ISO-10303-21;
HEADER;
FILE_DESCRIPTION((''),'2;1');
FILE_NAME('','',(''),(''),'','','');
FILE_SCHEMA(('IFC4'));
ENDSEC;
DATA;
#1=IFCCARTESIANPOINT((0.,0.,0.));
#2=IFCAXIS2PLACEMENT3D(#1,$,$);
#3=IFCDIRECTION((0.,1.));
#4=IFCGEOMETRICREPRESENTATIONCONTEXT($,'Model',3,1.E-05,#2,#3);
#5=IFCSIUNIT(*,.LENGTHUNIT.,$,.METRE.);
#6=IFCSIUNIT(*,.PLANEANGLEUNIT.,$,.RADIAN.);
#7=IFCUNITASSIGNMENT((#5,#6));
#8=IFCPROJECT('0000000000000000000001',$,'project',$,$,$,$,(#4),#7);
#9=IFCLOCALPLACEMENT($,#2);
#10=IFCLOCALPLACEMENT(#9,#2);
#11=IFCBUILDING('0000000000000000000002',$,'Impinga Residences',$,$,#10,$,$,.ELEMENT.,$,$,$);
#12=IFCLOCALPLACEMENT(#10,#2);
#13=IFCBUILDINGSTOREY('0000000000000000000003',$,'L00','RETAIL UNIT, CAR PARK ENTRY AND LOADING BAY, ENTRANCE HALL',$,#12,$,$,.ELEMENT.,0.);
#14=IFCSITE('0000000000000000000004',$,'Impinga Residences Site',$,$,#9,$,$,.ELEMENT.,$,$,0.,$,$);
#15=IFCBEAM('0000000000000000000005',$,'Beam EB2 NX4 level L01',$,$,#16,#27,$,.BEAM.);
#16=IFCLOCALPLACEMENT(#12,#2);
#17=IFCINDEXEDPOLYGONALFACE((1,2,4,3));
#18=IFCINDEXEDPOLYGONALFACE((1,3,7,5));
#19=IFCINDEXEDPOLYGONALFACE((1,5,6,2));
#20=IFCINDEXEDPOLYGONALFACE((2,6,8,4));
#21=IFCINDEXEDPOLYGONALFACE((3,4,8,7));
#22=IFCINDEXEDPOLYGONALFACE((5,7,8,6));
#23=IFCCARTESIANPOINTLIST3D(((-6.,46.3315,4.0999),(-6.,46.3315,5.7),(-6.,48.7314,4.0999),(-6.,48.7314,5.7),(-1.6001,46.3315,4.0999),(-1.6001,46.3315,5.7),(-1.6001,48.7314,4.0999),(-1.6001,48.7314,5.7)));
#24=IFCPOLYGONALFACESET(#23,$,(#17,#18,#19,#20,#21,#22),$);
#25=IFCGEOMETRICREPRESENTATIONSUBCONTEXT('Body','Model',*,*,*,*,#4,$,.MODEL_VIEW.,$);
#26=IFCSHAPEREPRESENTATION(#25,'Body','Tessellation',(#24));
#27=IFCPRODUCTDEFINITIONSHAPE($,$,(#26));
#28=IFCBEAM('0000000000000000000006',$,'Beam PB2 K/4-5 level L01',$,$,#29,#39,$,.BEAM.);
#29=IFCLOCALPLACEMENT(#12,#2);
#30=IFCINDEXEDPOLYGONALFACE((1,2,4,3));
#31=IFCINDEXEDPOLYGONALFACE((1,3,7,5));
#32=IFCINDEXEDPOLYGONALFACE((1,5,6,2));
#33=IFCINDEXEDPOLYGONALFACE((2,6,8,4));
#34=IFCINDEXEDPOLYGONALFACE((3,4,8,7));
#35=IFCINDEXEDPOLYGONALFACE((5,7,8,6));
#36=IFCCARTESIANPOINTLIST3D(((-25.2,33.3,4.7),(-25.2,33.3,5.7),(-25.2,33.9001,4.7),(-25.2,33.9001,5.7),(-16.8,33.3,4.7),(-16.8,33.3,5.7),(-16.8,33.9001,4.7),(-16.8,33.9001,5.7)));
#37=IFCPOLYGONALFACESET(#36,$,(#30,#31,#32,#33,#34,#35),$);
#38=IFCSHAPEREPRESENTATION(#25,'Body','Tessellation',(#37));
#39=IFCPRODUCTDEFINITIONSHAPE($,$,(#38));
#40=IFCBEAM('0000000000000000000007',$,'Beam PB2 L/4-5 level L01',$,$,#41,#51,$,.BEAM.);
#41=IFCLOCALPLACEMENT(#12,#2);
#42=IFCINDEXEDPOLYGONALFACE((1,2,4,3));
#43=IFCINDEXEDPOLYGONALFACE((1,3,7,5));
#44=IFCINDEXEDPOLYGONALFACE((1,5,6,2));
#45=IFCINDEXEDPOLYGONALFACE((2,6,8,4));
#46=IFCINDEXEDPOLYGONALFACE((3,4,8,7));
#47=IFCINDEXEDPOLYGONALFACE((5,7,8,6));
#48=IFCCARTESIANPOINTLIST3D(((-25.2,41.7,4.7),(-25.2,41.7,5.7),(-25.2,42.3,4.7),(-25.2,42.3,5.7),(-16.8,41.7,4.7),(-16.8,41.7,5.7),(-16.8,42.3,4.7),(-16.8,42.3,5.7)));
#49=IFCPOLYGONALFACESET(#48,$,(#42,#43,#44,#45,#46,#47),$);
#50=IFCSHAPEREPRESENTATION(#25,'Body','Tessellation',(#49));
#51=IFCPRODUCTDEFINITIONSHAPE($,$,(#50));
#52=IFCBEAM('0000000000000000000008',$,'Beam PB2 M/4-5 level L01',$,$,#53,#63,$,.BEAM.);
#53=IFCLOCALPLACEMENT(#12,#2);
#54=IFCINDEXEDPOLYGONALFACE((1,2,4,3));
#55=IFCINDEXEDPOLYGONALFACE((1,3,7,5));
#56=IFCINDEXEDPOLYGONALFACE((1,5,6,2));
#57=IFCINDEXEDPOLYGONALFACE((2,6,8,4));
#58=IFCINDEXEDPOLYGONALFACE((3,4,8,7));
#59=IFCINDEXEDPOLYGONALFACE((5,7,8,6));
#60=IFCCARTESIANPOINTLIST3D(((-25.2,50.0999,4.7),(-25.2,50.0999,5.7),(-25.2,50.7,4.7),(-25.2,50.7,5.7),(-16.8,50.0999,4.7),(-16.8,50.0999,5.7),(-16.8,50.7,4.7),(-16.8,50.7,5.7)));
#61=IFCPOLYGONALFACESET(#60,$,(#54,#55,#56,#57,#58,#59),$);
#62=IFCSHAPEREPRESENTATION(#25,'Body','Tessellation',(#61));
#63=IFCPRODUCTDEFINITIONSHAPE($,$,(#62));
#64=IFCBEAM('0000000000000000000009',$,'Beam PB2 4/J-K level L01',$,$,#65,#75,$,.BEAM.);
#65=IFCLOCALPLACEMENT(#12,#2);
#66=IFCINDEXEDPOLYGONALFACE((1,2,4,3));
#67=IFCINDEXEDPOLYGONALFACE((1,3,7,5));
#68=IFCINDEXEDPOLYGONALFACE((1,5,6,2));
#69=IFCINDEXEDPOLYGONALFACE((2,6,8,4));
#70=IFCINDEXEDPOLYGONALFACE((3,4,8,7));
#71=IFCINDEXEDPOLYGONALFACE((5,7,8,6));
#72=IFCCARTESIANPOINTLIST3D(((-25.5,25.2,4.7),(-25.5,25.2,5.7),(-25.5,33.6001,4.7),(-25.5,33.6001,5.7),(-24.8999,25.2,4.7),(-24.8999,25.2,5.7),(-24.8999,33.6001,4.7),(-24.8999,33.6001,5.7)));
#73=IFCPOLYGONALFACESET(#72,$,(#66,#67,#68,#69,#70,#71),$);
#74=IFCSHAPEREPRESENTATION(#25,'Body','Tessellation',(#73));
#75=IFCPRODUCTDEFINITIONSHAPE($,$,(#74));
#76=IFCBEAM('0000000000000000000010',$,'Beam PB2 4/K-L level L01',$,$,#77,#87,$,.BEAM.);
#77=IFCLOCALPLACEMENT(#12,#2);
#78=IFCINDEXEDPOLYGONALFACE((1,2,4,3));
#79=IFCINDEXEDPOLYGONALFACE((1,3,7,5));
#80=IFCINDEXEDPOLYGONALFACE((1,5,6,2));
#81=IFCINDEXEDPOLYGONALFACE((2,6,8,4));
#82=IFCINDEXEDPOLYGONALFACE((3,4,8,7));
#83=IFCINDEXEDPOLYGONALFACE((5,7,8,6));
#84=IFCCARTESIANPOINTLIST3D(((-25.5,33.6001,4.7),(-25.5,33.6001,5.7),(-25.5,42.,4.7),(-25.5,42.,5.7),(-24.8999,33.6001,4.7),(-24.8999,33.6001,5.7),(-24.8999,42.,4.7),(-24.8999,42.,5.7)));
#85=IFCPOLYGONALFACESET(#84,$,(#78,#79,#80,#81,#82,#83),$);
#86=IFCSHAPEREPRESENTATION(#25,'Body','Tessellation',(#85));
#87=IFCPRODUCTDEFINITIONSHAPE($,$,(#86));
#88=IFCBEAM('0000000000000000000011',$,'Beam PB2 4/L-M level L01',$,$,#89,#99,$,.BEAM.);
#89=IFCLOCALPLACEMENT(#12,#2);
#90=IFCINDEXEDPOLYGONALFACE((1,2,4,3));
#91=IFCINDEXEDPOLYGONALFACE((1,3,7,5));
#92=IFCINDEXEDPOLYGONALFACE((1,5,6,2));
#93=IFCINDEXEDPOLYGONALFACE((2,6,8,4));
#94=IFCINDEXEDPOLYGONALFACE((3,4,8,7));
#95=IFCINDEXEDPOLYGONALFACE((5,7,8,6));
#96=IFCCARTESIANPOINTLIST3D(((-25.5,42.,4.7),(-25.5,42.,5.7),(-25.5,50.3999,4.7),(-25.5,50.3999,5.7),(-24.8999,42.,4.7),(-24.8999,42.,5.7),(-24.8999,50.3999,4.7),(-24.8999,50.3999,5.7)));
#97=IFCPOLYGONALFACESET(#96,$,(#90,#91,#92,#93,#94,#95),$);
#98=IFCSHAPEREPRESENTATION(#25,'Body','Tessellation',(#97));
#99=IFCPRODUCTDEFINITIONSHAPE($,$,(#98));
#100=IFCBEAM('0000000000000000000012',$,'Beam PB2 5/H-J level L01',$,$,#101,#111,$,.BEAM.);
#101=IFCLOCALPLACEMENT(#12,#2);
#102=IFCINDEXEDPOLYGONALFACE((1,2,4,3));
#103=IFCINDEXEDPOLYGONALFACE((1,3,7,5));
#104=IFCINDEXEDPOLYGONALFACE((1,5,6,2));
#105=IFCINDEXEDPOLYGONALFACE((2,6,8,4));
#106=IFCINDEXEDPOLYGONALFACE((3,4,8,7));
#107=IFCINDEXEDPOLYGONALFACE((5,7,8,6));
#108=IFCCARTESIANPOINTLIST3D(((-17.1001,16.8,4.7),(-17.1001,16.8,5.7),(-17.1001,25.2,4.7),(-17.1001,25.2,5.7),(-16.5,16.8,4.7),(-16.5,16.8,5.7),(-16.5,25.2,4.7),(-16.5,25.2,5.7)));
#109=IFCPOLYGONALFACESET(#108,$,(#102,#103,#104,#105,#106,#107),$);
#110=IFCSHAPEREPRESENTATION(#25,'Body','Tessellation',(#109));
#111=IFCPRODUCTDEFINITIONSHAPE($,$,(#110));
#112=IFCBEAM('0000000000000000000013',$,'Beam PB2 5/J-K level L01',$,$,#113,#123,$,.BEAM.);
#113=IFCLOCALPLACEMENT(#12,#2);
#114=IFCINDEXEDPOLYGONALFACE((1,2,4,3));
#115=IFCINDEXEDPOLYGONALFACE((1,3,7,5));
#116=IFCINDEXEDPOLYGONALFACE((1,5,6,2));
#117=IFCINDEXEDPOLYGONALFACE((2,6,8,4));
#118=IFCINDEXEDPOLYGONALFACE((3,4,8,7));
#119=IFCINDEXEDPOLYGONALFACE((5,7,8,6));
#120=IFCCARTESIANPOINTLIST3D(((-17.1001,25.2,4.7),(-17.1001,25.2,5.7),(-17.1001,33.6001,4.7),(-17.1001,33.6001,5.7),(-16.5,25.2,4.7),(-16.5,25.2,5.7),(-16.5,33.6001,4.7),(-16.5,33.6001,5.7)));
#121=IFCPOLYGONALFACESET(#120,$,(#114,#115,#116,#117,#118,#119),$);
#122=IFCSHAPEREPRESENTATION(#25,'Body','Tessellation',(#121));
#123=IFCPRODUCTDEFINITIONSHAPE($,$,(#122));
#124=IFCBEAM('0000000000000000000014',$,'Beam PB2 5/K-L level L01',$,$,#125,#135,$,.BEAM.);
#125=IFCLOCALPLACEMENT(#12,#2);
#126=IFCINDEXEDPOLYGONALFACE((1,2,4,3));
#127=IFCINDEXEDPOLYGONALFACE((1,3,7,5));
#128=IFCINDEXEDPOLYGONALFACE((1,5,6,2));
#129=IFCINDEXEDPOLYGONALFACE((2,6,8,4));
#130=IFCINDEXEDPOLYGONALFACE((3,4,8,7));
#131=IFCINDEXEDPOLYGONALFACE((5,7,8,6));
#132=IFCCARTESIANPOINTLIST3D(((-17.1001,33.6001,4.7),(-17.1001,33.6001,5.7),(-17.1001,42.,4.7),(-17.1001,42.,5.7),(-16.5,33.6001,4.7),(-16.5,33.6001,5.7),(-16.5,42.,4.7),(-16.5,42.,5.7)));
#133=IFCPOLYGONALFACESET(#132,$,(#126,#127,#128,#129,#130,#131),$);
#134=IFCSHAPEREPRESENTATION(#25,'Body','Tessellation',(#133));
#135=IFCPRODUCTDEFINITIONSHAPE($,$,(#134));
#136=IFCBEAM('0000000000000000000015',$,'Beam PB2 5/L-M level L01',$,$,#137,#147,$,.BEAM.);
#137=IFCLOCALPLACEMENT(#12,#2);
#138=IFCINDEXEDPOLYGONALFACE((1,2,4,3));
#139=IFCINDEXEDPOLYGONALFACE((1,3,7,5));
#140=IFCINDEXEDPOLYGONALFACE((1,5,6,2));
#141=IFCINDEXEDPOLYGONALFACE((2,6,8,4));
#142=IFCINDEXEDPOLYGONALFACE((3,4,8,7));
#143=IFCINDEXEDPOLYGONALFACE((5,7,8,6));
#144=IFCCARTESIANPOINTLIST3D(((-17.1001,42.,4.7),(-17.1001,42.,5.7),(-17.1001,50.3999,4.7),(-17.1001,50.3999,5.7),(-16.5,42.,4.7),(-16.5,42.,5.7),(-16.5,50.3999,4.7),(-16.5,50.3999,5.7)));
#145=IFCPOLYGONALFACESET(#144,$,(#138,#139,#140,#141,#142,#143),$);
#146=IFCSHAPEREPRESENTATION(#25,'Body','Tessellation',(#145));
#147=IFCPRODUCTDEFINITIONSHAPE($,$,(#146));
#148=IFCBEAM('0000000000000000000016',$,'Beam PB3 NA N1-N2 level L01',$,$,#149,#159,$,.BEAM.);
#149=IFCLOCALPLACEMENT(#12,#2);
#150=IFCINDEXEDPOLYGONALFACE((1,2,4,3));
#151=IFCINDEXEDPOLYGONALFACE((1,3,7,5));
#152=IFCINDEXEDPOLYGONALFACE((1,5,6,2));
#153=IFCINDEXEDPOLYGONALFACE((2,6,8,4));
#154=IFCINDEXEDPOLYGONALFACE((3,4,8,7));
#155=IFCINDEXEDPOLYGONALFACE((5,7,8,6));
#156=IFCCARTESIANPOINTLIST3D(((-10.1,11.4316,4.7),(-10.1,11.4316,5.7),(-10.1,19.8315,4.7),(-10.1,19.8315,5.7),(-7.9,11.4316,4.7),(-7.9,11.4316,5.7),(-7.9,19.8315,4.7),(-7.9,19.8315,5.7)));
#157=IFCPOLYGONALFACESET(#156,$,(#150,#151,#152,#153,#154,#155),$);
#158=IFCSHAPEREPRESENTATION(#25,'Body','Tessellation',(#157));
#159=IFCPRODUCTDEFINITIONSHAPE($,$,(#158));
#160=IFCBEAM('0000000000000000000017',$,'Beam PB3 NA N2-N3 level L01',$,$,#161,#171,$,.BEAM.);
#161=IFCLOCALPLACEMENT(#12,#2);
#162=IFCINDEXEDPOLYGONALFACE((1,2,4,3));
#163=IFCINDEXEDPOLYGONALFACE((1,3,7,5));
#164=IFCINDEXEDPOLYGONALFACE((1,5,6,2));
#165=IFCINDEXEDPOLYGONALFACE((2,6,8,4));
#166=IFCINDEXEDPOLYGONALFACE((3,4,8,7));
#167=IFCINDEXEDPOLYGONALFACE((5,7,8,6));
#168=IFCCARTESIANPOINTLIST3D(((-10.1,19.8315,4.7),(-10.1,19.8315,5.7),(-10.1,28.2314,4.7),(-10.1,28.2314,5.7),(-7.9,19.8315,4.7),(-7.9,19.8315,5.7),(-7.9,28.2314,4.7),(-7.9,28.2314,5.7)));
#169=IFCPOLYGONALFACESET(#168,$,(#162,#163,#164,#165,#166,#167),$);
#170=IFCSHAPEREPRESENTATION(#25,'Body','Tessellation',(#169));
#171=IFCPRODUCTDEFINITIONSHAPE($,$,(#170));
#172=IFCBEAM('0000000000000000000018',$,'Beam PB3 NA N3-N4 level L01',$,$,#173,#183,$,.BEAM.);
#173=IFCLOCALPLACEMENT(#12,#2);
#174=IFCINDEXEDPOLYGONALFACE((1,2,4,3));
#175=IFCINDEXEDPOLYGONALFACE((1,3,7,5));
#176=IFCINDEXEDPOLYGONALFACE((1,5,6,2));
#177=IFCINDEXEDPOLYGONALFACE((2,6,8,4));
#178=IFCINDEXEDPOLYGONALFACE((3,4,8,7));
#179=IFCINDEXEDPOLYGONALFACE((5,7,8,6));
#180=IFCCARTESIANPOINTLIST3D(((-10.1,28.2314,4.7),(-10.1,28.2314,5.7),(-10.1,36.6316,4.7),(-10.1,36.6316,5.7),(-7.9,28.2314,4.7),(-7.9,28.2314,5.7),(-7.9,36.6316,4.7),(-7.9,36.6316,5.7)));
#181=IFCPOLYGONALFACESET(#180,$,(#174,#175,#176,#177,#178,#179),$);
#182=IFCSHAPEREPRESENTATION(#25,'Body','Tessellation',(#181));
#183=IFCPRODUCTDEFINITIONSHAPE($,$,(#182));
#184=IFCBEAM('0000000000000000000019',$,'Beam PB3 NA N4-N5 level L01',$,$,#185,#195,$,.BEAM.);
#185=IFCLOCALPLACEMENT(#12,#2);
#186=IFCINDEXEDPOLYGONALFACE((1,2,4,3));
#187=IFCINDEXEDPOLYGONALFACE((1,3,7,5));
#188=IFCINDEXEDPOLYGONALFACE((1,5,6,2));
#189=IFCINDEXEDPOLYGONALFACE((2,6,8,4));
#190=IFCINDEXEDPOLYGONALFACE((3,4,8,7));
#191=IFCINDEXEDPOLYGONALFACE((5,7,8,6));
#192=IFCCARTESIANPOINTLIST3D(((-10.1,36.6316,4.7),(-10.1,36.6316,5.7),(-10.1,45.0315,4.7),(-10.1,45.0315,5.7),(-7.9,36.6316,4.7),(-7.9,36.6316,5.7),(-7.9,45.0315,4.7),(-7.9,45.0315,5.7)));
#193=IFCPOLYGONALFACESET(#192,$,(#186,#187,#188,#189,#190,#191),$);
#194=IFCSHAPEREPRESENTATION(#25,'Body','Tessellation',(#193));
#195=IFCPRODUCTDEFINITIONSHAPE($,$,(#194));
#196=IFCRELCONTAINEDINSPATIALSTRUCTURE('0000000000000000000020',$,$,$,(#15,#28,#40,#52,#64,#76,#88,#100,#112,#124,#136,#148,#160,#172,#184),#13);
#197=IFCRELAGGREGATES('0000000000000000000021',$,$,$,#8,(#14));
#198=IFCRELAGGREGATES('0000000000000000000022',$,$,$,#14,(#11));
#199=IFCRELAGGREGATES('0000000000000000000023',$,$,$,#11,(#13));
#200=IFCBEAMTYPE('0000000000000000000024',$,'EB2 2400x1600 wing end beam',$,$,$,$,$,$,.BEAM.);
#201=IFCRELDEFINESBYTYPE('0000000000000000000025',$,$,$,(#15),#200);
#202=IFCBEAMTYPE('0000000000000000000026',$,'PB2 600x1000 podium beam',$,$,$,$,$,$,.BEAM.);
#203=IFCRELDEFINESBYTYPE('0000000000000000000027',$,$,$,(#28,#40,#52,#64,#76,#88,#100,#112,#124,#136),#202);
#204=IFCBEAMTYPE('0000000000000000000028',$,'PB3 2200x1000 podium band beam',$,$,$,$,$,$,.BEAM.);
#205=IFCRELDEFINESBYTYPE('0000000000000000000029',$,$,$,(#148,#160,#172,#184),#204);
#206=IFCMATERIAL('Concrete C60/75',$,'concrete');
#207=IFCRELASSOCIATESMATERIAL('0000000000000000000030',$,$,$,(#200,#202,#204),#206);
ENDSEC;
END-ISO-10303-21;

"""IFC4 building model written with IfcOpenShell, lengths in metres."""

from ifc_helpers import new_model, si_unit, direction, frame, origin, origin_2d, place, context, subcontext, project, spatial, rectangle, extrude, material, material_profile, profile_set, type_object, element, save


model = new_model("IFC4")

# Units and contexts
model_context = context("Model", 3, precision=1e-05, world=origin(), true_north=direction((0.0, 1.0)))
body_context = subcontext(model_context, "Body", "Model", "MODEL_VIEW")
ifc_project = project(units=[si_unit("LENGTHUNIT", "METRE"), si_unit("PLANEANGLEUNIT", "RADIAN")], contexts=[model_context])

# Site, building, storey
site_placement = place(None, origin())
site = spatial("IfcSite", under=ifc_project, at=site_placement, Name="Impinga Residences Site", CompositionType="ELEMENT", RefElevation=0.0)
building_placement = place(site_placement, origin())
building = spatial("IfcBuilding", under=site, at=building_placement, Name="Impinga Residences", CompositionType="ELEMENT")
storey_placement = place(building_placement, origin())
storey = spatial("IfcBuildingStorey", under=building, at=storey_placement, Name="L00", Description="RETAIL UNIT, CAR PARK ENTRY AND LOADING BAY, ENTRANCE HALL", CompositionType="ELEMENT", Elevation=0.0)

# Beams
ifc_material_1 = material(Name="Concrete C60/75", Category="concrete")
ifc_material_profile_1 = material_profile(ifc_material_1, rectangle(XDim=2.3999, YDim=1.6001, at=origin_2d()), Name="RC 2400x1600")
ifc_profile_set_1 = profile_set([ifc_material_profile_1], Name="Concrete C60/75")
beam_type_1 = type_object("IfcBeamType", Name="EB2 2400x1600 wing end beam", PredefinedType="BEAM", material=ifc_profile_set_1)
beam_1_placement = place(storey_placement, frame((-6.0, 47.5315, 4.8999), z_axis=(1.0, 0.0, 0.0), x_axis=(0.0, 1.0, 0.0)))
element("IfcBeam", 1, at=beam_1_placement, inside=storey, type_object=beam_type_1, Name="Beam EB2 NX4 level L01", PredefinedType="BEAM", context=body_context, shape_type="SweptSolid", body=[
    extrude(rectangle(XDim=2.3999, YDim=1.6001, at=origin_2d()), origin(), (0.0, 0.0, 1.0), 4.3999),
])
ifc_material_profile_2 = material_profile(ifc_material_1, rectangle(XDim=0.6001, YDim=1.0, at=origin_2d()), Name="RC 600x1000")
ifc_profile_set_2 = profile_set([ifc_material_profile_2], Name="Concrete C60/75")
beam_type_2 = type_object("IfcBeamType", Name="PB2 600x1000 podium beam", PredefinedType="BEAM", material=ifc_profile_set_2)
for number, where, z_axis, x_axis, name in (
    (2, (-25.2, 33.6001, 5.2), (1.0, 0.0, 0.0), (0.0, 1.0, 0.0), "Beam PB2 K/4-5 level L01"),
    (3, (-25.2, 42.0, 5.2), (1.0, 0.0, 0.0), (0.0, 1.0, 0.0), "Beam PB2 L/4-5 level L01"),
    (4, (-25.2, 50.3999, 5.2), (1.0, 0.0, 0.0), (0.0, 1.0, 0.0), "Beam PB2 M/4-5 level L01"),
):
    element("IfcBeam", number, at=place(storey_placement, frame(where, z_axis=z_axis, x_axis=x_axis)), inside=storey, type_object=beam_type_2, Name=name, PredefinedType="BEAM", context=body_context, shape_type="SweptSolid", body=[
        extrude(rectangle(XDim=0.6001, YDim=1.0, at=origin_2d()), origin(), (0.0, 0.0, 1.0), 8.3999),
    ])
beam_2_placement = place(storey_placement, frame((-25.2, 25.2, 5.2), z_axis=(0.0, 1.0, 0.0), x_axis=(-1.0, 0.0, 0.0)))
element("IfcBeam", 5, at=beam_2_placement, inside=storey, type_object=beam_type_2, Name="Beam PB2 4/J-K level L01", PredefinedType="BEAM", context=body_context, shape_type="SweptSolid", body=[
    extrude(rectangle(XDim=0.6001, YDim=1.0, at=origin_2d()), origin(), (0.0, 0.0, 1.0), 8.4001),
])
for number, where, z_axis, x_axis, name in (
    (6, (-25.2, 33.6001, 5.2), (0.0, 1.0, 0.0), (-1.0, 0.0, 0.0), "Beam PB2 4/K-L level L01"),
    (7, (-25.2, 42.0, 5.2), (0.0, 1.0, 0.0), (-1.0, 0.0, 0.0), "Beam PB2 4/L-M level L01"),
    (8, (-16.8, 16.8, 5.2), (0.0, 1.0, 0.0), (-1.0, 0.0, 0.0), "Beam PB2 5/H-J level L01"),
):
    element("IfcBeam", number, at=place(storey_placement, frame(where, z_axis=z_axis, x_axis=x_axis)), inside=storey, type_object=beam_type_2, Name=name, PredefinedType="BEAM", context=body_context, shape_type="SweptSolid", body=[
        extrude(rectangle(XDim=0.6001, YDim=1.0, at=origin_2d()), origin(), (0.0, 0.0, 1.0), 8.3999),
    ])
beam_3_placement = place(storey_placement, frame((-16.8, 25.2, 5.2), z_axis=(0.0, 1.0, 0.0), x_axis=(-1.0, 0.0, 0.0)))
element("IfcBeam", 9, at=beam_3_placement, inside=storey, type_object=beam_type_2, Name="Beam PB2 5/J-K level L01", PredefinedType="BEAM", context=body_context, shape_type="SweptSolid", body=[
    extrude(rectangle(XDim=0.6001, YDim=1.0, at=origin_2d()), origin(), (0.0, 0.0, 1.0), 8.4001),
])
for number, where, z_axis, x_axis, name in (
    (10, (-16.8, 33.6001, 5.2), (0.0, 1.0, 0.0), (-1.0, 0.0, 0.0), "Beam PB2 5/K-L level L01"),
    (11, (-16.8, 42.0, 5.2), (0.0, 1.0, 0.0), (-1.0, 0.0, 0.0), "Beam PB2 5/L-M level L01"),
):
    element("IfcBeam", number, at=place(storey_placement, frame(where, z_axis=z_axis, x_axis=x_axis)), inside=storey, type_object=beam_type_2, Name=name, PredefinedType="BEAM", context=body_context, shape_type="SweptSolid", body=[
        extrude(rectangle(XDim=0.6001, YDim=1.0, at=origin_2d()), origin(), (0.0, 0.0, 1.0), 8.3999),
    ])
ifc_material_profile_3 = material_profile(ifc_material_1, rectangle(XDim=2.2, YDim=1.0, at=origin_2d()), Name="RC 2200x1000")
ifc_profile_set_3 = profile_set([ifc_material_profile_3], Name="Concrete C60/75")
beam_type_3 = type_object("IfcBeamType", Name="PB3 2200x1000 podium band beam", PredefinedType="BEAM", material=ifc_profile_set_3)
for number, where, z_axis, x_axis, name in (
    (12, (-9.0, 11.4316, 5.2), (0.0, 1.0, 0.0), (-1.0, 0.0, 0.0), "Beam PB3 NA N1-N2 level L01"),
    (13, (-9.0, 19.8315, 5.2), (0.0, 1.0, 0.0), (-1.0, 0.0, 0.0), "Beam PB3 NA N2-N3 level L01"),
):
    element("IfcBeam", number, at=place(storey_placement, frame(where, z_axis=z_axis, x_axis=x_axis)), inside=storey, type_object=beam_type_3, Name=name, PredefinedType="BEAM", context=body_context, shape_type="SweptSolid", body=[
        extrude(rectangle(XDim=2.2, YDim=1.0, at=origin_2d()), origin(), (0.0, 0.0, 1.0), 8.3999),
    ])
beam_4_placement = place(storey_placement, frame((-9.0, 28.2314, 5.2), z_axis=(0.0, 1.0, 0.0), x_axis=(-1.0, 0.0, 0.0)))
element("IfcBeam", 14, at=beam_4_placement, inside=storey, type_object=beam_type_3, Name="Beam PB3 NA N3-N4 level L01", PredefinedType="BEAM", context=body_context, shape_type="SweptSolid", body=[
    extrude(rectangle(XDim=2.2, YDim=1.0, at=origin_2d()), origin(), (0.0, 0.0, 1.0), 8.4001),
])
beam_5_placement = place(storey_placement, frame((-9.0, 36.6316, 5.2), z_axis=(0.0, 1.0, 0.0), x_axis=(-1.0, 0.0, 0.0)))
element("IfcBeam", 15, at=beam_5_placement, inside=storey, type_object=beam_type_3, Name="Beam PB3 NA N4-N5 level L01", PredefinedType="BEAM", context=body_context, shape_type="SweptSolid", body=[
    extrude(rectangle(XDim=2.2, YDim=1.0, at=origin_2d()), origin(), (0.0, 0.0, 1.0), 8.3999),
])

save(model, "model.ifc")
